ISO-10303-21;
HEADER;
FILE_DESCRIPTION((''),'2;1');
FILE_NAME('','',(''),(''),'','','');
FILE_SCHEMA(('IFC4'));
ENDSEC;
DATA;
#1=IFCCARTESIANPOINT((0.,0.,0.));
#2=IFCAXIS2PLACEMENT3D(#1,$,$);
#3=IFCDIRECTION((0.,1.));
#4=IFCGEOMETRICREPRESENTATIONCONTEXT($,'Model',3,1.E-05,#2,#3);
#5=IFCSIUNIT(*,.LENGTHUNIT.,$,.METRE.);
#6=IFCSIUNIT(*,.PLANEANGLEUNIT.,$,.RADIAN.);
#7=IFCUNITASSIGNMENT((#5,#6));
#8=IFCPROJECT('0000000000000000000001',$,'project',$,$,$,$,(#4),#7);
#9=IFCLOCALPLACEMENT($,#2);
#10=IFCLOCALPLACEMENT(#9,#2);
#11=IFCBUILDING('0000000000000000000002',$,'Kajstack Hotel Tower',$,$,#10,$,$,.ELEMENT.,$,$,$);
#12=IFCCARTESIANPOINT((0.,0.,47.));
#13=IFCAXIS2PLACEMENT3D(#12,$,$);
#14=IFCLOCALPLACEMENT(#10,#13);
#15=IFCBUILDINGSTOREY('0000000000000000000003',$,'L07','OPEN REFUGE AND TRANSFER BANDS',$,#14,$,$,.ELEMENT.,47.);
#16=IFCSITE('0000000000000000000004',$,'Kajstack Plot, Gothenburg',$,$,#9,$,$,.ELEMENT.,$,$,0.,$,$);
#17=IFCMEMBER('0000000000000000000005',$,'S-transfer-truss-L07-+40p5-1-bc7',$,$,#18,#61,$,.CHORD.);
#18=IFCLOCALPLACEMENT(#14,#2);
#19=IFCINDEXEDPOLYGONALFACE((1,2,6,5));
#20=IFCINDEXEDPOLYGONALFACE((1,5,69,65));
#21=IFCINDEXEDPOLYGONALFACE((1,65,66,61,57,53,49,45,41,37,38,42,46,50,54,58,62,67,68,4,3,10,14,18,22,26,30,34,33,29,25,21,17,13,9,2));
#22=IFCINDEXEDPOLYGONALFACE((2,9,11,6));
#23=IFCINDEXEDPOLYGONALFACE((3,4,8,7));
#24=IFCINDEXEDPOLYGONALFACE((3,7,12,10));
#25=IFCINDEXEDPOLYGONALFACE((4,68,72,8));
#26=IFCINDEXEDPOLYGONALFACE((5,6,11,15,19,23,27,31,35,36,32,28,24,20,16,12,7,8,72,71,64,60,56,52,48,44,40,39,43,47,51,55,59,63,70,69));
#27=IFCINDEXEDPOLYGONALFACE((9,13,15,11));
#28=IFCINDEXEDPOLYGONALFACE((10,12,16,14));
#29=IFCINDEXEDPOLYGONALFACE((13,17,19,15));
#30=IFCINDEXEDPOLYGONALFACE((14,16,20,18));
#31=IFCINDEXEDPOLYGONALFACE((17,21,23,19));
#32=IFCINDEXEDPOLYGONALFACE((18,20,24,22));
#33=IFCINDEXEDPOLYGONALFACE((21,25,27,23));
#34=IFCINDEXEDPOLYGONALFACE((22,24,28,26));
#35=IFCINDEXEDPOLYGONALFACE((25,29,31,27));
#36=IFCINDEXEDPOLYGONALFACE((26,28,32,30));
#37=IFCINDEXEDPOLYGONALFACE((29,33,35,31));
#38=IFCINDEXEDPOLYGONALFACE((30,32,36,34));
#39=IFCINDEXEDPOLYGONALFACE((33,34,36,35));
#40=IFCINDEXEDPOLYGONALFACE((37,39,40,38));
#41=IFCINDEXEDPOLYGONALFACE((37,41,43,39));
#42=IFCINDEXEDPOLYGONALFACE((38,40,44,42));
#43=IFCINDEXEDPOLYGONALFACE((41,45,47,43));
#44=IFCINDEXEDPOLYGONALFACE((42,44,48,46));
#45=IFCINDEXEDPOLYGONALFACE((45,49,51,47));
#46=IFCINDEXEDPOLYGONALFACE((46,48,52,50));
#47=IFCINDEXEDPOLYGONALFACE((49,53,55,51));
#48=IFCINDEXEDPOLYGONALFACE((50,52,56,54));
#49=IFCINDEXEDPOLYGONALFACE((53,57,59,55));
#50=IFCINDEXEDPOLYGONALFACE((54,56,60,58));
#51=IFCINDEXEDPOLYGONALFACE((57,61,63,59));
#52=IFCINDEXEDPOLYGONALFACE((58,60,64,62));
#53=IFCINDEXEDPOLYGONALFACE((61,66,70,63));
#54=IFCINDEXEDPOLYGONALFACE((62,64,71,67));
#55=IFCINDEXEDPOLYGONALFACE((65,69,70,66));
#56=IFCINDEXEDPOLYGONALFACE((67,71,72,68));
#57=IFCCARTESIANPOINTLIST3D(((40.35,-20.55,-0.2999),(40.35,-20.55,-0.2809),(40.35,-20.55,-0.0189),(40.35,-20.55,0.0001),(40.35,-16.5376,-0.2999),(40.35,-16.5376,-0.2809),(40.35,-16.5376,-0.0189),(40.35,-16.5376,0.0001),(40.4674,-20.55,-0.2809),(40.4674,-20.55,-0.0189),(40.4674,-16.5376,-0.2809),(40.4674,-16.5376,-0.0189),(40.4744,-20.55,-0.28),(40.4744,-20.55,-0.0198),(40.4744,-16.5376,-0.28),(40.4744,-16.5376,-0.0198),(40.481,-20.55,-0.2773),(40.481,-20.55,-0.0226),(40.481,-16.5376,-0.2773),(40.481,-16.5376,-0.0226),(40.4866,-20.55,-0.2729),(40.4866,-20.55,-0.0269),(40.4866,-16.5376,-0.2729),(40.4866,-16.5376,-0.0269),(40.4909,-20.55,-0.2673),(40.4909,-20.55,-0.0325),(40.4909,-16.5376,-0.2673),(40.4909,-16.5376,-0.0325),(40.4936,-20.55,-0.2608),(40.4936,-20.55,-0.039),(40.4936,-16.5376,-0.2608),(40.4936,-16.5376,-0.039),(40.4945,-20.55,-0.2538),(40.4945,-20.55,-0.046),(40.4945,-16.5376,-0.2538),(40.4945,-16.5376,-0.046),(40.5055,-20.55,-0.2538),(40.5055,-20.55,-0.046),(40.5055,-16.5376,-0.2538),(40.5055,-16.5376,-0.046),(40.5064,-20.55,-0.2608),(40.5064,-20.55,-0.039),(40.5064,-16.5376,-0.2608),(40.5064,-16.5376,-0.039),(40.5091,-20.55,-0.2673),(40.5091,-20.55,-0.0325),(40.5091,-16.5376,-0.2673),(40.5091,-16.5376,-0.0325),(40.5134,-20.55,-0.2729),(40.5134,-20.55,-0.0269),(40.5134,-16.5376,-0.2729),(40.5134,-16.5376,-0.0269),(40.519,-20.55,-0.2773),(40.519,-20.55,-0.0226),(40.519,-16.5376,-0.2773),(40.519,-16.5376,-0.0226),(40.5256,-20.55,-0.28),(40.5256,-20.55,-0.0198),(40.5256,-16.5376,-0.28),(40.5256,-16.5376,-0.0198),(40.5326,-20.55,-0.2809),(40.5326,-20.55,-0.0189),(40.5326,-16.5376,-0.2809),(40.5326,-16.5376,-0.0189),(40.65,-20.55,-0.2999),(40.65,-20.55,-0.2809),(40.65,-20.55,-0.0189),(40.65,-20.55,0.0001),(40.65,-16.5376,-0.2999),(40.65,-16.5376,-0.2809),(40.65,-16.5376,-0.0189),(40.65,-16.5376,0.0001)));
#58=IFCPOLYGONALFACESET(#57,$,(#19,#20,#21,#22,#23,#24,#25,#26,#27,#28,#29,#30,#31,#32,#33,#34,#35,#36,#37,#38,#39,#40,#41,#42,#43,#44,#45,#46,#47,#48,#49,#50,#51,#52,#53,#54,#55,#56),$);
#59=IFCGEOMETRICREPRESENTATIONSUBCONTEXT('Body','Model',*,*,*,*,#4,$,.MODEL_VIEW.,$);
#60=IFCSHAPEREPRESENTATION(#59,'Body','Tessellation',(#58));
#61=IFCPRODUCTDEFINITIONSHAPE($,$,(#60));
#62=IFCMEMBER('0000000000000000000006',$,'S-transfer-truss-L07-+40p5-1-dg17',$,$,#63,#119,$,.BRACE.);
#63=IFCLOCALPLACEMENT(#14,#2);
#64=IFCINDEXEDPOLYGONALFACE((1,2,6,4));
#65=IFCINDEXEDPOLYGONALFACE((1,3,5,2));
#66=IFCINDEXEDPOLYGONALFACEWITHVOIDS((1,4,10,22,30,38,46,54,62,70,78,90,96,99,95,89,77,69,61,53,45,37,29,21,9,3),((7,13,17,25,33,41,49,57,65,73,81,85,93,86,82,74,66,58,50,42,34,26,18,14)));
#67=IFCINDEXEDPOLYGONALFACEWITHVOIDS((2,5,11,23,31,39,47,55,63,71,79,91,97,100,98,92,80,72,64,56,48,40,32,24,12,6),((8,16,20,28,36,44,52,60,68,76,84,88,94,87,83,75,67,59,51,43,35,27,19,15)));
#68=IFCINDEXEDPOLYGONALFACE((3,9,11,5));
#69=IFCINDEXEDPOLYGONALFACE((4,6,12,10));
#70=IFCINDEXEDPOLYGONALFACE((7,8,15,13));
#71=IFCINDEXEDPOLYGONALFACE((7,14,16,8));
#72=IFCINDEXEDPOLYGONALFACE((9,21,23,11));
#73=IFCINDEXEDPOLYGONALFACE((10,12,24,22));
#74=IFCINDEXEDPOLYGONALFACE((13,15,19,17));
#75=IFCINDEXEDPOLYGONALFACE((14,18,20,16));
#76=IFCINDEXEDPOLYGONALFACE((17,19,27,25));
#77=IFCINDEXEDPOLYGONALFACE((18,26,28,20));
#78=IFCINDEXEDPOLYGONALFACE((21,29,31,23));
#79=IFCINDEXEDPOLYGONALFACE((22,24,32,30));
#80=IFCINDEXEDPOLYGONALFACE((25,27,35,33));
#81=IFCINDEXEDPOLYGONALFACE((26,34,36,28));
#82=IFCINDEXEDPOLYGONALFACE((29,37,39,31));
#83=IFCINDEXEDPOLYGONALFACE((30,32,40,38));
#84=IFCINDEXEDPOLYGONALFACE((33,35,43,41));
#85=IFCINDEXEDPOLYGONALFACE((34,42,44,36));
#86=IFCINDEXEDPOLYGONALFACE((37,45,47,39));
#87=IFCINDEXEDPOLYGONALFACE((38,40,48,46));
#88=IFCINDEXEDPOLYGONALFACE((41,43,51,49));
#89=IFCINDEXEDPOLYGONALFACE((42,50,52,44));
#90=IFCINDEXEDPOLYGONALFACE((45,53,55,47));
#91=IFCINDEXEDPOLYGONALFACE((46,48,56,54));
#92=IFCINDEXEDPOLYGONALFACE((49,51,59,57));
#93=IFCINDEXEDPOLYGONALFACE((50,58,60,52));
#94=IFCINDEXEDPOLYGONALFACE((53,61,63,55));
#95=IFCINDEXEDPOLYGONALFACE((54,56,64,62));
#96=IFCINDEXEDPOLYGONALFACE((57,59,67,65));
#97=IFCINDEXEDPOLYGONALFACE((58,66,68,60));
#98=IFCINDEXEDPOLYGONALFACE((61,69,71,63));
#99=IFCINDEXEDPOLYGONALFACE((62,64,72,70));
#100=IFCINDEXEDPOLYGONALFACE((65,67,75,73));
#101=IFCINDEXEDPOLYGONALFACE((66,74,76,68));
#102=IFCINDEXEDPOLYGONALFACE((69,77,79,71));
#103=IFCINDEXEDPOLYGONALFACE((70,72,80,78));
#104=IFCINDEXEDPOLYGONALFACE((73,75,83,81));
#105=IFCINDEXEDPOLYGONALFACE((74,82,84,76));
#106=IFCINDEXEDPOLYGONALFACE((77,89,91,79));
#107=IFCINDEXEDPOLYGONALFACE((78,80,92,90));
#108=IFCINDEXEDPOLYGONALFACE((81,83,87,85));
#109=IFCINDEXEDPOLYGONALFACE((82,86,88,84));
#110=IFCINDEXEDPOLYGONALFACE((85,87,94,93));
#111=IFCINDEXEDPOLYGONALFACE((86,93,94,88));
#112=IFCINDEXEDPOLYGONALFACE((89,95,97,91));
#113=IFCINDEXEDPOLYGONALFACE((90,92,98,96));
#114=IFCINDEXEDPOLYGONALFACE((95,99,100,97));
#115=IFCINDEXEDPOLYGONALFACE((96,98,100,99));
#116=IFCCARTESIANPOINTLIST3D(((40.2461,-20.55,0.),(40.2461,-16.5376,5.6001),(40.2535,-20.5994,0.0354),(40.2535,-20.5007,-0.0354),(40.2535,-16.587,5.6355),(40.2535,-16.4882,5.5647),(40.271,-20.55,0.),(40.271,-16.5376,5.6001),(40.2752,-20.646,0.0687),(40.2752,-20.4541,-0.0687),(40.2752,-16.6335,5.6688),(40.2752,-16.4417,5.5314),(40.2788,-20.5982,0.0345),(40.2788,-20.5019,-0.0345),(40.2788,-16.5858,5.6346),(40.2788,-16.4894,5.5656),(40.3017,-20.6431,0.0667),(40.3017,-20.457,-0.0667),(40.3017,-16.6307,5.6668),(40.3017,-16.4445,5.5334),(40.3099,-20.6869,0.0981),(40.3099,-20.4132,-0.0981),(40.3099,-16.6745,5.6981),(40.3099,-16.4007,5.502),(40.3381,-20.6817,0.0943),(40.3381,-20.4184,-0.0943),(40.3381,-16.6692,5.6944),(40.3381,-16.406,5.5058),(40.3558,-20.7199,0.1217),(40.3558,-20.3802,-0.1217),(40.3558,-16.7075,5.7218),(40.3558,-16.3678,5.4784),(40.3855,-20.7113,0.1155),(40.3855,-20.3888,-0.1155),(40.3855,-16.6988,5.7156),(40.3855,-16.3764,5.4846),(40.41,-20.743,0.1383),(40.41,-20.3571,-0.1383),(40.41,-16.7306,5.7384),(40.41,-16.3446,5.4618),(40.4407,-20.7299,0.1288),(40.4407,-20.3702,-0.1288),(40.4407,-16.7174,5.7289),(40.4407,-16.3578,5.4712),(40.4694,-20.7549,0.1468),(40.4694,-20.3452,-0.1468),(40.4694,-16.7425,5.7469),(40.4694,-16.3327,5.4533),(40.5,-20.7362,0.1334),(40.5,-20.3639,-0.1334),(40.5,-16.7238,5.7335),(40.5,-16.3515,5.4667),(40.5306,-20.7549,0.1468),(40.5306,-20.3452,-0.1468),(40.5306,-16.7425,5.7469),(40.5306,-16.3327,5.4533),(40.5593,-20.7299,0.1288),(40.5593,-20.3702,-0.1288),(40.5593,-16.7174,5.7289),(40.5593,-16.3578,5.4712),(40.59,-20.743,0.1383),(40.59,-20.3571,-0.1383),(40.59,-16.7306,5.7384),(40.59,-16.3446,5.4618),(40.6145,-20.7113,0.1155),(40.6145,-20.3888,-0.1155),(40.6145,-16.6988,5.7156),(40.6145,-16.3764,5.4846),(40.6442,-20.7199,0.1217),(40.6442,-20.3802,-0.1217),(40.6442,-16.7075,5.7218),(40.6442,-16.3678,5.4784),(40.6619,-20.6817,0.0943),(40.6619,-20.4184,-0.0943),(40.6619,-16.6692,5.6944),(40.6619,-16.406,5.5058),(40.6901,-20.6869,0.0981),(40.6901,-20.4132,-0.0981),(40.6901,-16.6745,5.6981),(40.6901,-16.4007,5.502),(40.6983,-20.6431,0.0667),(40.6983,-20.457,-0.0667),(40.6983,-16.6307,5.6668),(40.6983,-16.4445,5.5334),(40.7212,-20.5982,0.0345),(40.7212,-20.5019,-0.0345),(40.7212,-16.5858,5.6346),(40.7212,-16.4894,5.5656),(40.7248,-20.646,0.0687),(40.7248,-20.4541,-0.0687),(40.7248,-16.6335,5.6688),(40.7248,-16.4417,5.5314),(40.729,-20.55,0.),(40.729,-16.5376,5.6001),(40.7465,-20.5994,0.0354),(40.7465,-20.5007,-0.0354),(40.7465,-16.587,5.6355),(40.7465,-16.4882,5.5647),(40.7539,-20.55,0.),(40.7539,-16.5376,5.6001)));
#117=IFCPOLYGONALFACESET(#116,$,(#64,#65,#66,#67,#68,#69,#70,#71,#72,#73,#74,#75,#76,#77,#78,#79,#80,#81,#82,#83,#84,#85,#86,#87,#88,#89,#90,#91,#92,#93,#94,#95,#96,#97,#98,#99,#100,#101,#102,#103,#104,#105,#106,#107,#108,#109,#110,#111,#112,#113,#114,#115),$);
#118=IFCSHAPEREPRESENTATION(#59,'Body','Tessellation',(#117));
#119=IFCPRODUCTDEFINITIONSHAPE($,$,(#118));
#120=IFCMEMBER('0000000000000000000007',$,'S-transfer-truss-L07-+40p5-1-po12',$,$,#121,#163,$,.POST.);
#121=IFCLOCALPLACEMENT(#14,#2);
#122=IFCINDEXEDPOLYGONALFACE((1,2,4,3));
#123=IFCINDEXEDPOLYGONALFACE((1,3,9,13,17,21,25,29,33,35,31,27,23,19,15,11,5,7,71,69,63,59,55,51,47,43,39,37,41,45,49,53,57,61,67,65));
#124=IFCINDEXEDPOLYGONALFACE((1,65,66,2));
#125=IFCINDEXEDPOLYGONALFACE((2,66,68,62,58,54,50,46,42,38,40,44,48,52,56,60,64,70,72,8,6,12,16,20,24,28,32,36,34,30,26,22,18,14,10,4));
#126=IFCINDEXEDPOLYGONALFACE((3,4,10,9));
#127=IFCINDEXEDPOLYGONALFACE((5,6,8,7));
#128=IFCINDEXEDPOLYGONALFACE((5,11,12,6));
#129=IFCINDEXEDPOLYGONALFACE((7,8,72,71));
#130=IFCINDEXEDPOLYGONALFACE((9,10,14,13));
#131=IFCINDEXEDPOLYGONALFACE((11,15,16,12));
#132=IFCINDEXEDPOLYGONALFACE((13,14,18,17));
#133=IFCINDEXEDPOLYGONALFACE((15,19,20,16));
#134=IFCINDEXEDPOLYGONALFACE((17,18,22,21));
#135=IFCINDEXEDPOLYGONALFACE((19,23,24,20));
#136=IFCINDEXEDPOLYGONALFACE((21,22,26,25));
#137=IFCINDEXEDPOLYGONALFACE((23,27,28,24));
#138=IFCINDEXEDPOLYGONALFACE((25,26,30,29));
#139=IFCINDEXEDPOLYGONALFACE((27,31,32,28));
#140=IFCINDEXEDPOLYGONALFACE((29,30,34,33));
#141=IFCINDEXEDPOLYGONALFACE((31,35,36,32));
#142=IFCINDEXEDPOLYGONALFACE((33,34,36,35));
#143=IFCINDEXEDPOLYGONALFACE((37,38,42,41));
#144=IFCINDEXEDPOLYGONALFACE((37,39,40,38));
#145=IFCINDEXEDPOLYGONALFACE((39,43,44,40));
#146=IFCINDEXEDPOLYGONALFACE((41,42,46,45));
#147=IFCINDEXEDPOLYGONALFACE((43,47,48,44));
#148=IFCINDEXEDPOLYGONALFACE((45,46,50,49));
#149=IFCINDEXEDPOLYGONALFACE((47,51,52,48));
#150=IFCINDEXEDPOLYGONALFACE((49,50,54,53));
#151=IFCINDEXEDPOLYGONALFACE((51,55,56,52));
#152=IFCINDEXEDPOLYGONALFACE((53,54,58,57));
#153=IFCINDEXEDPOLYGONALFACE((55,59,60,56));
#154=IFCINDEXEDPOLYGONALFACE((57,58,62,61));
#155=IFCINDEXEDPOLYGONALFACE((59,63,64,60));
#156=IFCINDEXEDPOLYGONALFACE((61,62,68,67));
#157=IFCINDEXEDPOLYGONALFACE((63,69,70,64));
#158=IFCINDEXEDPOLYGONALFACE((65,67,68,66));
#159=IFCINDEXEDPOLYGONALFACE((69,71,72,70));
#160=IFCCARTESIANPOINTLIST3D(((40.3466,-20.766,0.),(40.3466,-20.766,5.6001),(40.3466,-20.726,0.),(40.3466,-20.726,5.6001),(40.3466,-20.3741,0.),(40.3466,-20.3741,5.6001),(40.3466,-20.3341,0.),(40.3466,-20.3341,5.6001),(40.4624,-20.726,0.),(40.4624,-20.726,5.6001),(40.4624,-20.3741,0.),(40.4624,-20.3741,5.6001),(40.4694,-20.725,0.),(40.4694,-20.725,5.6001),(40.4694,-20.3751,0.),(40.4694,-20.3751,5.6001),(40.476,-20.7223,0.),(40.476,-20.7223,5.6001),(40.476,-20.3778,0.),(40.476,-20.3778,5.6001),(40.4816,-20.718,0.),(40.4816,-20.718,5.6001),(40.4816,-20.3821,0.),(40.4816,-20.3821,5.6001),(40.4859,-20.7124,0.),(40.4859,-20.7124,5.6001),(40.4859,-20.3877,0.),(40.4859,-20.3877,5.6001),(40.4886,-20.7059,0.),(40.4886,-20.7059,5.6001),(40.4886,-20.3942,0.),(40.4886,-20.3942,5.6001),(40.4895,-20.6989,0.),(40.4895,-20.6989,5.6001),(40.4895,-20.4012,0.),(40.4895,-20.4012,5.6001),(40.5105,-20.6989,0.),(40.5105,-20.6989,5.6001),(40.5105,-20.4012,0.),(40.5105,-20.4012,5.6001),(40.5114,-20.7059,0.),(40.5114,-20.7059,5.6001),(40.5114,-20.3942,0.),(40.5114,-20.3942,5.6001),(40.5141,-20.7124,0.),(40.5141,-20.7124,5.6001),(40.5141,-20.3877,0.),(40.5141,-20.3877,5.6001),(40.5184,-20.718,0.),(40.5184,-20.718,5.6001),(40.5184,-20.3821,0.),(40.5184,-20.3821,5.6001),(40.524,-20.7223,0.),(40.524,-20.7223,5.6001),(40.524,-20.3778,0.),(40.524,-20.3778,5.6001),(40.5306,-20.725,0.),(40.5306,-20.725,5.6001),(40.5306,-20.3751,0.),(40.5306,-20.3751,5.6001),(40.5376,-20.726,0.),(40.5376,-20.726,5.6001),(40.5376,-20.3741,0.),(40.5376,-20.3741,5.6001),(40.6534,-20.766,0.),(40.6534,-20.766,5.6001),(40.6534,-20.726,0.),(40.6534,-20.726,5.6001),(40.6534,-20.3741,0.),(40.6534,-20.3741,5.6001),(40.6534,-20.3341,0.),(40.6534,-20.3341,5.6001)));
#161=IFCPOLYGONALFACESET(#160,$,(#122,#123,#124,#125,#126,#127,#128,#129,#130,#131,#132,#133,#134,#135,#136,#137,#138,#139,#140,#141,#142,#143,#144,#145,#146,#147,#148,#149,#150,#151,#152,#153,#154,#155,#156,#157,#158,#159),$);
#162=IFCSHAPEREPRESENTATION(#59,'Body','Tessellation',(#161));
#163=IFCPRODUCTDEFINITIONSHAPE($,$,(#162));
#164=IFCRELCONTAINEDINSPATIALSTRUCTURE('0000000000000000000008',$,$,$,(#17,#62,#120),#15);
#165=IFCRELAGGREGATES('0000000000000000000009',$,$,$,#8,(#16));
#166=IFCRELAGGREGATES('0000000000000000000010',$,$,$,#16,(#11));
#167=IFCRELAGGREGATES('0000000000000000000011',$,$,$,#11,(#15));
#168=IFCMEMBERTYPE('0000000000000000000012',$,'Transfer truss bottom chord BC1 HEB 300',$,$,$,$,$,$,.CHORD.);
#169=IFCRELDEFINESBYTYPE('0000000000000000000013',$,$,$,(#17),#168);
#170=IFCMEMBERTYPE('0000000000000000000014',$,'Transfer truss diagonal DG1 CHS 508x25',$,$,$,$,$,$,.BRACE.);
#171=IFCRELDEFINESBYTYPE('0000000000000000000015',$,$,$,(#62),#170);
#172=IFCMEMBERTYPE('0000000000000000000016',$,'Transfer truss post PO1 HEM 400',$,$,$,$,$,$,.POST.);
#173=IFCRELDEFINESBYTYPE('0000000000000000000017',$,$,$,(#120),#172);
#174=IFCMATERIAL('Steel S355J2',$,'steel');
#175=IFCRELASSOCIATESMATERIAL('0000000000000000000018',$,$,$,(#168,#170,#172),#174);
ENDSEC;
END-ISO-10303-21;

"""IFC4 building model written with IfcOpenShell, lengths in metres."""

from ifc_helpers import new_model, si_unit, direction, frame, origin, origin_2d, place, context, subcontext, project, spatial, hollow_circle, i_section, extrude, material, material_profile, profile_set, type_object, element, save


model = new_model("IFC4")

# Units and contexts
model_context = context("Model", 3, precision=1e-05, world=origin(), true_north=direction((0.0, 1.0)))
body_context = subcontext(model_context, "Body", "Model", "MODEL_VIEW")
ifc_project = project(units=[si_unit("LENGTHUNIT", "METRE"), si_unit("PLANEANGLEUNIT", "RADIAN")], contexts=[model_context])

# Site, building, storey
site_placement = place(None, origin())
site = spatial("IfcSite", under=ifc_project, at=site_placement, Name="Kajstack Plot, Gothenburg", CompositionType="ELEMENT", RefElevation=0.0)
building_placement = place(site_placement, origin())
building = spatial("IfcBuilding", under=site, at=building_placement, Name="Kajstack Hotel Tower", CompositionType="ELEMENT")
storey_placement = place(building_placement, frame((0.0, 0.0, 47.0)))
storey = spatial("IfcBuildingStorey", under=building, at=storey_placement, Name="L07", Description="OPEN REFUGE AND TRANSFER BANDS", CompositionType="ELEMENT", Elevation=47.0)

# Members
ifc_material = material(Name="Steel S355J2", Category="steel")
ifc_material_profile_1 = material_profile(ifc_material, i_section(OverallWidth=0.3, OverallDepth=0.3, WebThickness=0.011, FlangeThickness=0.019, FilletRadius=0.0271, at=origin_2d()), Name="HEB 300")
ifc_profile_set_1 = profile_set([ifc_material_profile_1], Name="Steel S355J2")
member_type_1 = type_object("IfcMemberType", Name="Transfer truss bottom chord BC1 HEB 300", PredefinedType="CHORD", material=ifc_profile_set_1)
member_1_placement = place(storey_placement, frame((40.5, -20.55, -0.1499), z_axis=(0.0, 1.0, 0.0), x_axis=(-1.0, 0.0, 0.0)))
element("IfcMember", 1, at=member_1_placement, inside=storey, type_object=member_type_1, Name="S-transfer-truss-L07-+40p5-1-bc7", PredefinedType="CHORD", context=body_context, shape_type="SweptSolid", body=[
    extrude(i_section(OverallWidth=0.3, OverallDepth=0.3, WebThickness=0.011, FlangeThickness=0.019, FilletRadius=0.0271, at=origin_2d()), origin(), (0.0, 0.0, 1.0), 4.0125),
])
ifc_material_profile_2 = material_profile(ifc_material, hollow_circle(Radius=0.2539, WallThickness=0.0249, at=origin_2d()), Name="CHS 508x25")
ifc_profile_set_2 = profile_set([ifc_material_profile_2], Name="Steel S355J2")
member_type_2 = type_object("IfcMemberType", Name="Transfer truss diagonal DG1 CHS 508x25", PredefinedType="BRACE", material=ifc_profile_set_2)
member_2_placement = place(storey_placement, frame((40.5, -20.55, 0.0), z_axis=(0.0, 0.582428, 0.812883), x_axis=(-1.0, 0.0, 0.0)))
element("IfcMember", 2, at=member_2_placement, inside=storey, type_object=member_type_2, Name="S-transfer-truss-L07-+40p5-1-dg17", PredefinedType="BRACE", context=body_context, shape_type="SweptSolid", body=[
    extrude(hollow_circle(Radius=0.2539, WallThickness=0.0249, at=origin_2d()), origin(), (0.0, 0.0, 1.0), 6.8892),
])
ifc_material_profile_3 = material_profile(ifc_material, i_section(OverallWidth=0.3069, OverallDepth=0.4319, WebThickness=0.021, FlangeThickness=0.04, FilletRadius=0.0271, at=origin_2d()), Name="HEM 400")
ifc_profile_set_3 = profile_set([ifc_material_profile_3], Name="Steel S355J2")
member_type_3 = type_object("IfcMemberType", Name="Transfer truss post PO1 HEM 400", PredefinedType="POST", material=ifc_profile_set_3)
member_3_placement = place(storey_placement, frame((40.5, -20.55, 0.0), z_axis=(0.0, 0.0, 1.0), x_axis=(1.0, 0.0, 0.0)))
element("IfcMember", 3, at=member_3_placement, inside=storey, type_object=member_type_3, Name="S-transfer-truss-L07-+40p5-1-po12", PredefinedType="POST", context=body_context, shape_type="SweptSolid", body=[
    extrude(i_section(OverallWidth=0.3069, OverallDepth=0.4319, WebThickness=0.021, FlangeThickness=0.04, FilletRadius=0.0271, at=origin_2d()), origin(), (0.0, 0.0, 1.0), 5.6001),
])

save(model, "model.ifc")
